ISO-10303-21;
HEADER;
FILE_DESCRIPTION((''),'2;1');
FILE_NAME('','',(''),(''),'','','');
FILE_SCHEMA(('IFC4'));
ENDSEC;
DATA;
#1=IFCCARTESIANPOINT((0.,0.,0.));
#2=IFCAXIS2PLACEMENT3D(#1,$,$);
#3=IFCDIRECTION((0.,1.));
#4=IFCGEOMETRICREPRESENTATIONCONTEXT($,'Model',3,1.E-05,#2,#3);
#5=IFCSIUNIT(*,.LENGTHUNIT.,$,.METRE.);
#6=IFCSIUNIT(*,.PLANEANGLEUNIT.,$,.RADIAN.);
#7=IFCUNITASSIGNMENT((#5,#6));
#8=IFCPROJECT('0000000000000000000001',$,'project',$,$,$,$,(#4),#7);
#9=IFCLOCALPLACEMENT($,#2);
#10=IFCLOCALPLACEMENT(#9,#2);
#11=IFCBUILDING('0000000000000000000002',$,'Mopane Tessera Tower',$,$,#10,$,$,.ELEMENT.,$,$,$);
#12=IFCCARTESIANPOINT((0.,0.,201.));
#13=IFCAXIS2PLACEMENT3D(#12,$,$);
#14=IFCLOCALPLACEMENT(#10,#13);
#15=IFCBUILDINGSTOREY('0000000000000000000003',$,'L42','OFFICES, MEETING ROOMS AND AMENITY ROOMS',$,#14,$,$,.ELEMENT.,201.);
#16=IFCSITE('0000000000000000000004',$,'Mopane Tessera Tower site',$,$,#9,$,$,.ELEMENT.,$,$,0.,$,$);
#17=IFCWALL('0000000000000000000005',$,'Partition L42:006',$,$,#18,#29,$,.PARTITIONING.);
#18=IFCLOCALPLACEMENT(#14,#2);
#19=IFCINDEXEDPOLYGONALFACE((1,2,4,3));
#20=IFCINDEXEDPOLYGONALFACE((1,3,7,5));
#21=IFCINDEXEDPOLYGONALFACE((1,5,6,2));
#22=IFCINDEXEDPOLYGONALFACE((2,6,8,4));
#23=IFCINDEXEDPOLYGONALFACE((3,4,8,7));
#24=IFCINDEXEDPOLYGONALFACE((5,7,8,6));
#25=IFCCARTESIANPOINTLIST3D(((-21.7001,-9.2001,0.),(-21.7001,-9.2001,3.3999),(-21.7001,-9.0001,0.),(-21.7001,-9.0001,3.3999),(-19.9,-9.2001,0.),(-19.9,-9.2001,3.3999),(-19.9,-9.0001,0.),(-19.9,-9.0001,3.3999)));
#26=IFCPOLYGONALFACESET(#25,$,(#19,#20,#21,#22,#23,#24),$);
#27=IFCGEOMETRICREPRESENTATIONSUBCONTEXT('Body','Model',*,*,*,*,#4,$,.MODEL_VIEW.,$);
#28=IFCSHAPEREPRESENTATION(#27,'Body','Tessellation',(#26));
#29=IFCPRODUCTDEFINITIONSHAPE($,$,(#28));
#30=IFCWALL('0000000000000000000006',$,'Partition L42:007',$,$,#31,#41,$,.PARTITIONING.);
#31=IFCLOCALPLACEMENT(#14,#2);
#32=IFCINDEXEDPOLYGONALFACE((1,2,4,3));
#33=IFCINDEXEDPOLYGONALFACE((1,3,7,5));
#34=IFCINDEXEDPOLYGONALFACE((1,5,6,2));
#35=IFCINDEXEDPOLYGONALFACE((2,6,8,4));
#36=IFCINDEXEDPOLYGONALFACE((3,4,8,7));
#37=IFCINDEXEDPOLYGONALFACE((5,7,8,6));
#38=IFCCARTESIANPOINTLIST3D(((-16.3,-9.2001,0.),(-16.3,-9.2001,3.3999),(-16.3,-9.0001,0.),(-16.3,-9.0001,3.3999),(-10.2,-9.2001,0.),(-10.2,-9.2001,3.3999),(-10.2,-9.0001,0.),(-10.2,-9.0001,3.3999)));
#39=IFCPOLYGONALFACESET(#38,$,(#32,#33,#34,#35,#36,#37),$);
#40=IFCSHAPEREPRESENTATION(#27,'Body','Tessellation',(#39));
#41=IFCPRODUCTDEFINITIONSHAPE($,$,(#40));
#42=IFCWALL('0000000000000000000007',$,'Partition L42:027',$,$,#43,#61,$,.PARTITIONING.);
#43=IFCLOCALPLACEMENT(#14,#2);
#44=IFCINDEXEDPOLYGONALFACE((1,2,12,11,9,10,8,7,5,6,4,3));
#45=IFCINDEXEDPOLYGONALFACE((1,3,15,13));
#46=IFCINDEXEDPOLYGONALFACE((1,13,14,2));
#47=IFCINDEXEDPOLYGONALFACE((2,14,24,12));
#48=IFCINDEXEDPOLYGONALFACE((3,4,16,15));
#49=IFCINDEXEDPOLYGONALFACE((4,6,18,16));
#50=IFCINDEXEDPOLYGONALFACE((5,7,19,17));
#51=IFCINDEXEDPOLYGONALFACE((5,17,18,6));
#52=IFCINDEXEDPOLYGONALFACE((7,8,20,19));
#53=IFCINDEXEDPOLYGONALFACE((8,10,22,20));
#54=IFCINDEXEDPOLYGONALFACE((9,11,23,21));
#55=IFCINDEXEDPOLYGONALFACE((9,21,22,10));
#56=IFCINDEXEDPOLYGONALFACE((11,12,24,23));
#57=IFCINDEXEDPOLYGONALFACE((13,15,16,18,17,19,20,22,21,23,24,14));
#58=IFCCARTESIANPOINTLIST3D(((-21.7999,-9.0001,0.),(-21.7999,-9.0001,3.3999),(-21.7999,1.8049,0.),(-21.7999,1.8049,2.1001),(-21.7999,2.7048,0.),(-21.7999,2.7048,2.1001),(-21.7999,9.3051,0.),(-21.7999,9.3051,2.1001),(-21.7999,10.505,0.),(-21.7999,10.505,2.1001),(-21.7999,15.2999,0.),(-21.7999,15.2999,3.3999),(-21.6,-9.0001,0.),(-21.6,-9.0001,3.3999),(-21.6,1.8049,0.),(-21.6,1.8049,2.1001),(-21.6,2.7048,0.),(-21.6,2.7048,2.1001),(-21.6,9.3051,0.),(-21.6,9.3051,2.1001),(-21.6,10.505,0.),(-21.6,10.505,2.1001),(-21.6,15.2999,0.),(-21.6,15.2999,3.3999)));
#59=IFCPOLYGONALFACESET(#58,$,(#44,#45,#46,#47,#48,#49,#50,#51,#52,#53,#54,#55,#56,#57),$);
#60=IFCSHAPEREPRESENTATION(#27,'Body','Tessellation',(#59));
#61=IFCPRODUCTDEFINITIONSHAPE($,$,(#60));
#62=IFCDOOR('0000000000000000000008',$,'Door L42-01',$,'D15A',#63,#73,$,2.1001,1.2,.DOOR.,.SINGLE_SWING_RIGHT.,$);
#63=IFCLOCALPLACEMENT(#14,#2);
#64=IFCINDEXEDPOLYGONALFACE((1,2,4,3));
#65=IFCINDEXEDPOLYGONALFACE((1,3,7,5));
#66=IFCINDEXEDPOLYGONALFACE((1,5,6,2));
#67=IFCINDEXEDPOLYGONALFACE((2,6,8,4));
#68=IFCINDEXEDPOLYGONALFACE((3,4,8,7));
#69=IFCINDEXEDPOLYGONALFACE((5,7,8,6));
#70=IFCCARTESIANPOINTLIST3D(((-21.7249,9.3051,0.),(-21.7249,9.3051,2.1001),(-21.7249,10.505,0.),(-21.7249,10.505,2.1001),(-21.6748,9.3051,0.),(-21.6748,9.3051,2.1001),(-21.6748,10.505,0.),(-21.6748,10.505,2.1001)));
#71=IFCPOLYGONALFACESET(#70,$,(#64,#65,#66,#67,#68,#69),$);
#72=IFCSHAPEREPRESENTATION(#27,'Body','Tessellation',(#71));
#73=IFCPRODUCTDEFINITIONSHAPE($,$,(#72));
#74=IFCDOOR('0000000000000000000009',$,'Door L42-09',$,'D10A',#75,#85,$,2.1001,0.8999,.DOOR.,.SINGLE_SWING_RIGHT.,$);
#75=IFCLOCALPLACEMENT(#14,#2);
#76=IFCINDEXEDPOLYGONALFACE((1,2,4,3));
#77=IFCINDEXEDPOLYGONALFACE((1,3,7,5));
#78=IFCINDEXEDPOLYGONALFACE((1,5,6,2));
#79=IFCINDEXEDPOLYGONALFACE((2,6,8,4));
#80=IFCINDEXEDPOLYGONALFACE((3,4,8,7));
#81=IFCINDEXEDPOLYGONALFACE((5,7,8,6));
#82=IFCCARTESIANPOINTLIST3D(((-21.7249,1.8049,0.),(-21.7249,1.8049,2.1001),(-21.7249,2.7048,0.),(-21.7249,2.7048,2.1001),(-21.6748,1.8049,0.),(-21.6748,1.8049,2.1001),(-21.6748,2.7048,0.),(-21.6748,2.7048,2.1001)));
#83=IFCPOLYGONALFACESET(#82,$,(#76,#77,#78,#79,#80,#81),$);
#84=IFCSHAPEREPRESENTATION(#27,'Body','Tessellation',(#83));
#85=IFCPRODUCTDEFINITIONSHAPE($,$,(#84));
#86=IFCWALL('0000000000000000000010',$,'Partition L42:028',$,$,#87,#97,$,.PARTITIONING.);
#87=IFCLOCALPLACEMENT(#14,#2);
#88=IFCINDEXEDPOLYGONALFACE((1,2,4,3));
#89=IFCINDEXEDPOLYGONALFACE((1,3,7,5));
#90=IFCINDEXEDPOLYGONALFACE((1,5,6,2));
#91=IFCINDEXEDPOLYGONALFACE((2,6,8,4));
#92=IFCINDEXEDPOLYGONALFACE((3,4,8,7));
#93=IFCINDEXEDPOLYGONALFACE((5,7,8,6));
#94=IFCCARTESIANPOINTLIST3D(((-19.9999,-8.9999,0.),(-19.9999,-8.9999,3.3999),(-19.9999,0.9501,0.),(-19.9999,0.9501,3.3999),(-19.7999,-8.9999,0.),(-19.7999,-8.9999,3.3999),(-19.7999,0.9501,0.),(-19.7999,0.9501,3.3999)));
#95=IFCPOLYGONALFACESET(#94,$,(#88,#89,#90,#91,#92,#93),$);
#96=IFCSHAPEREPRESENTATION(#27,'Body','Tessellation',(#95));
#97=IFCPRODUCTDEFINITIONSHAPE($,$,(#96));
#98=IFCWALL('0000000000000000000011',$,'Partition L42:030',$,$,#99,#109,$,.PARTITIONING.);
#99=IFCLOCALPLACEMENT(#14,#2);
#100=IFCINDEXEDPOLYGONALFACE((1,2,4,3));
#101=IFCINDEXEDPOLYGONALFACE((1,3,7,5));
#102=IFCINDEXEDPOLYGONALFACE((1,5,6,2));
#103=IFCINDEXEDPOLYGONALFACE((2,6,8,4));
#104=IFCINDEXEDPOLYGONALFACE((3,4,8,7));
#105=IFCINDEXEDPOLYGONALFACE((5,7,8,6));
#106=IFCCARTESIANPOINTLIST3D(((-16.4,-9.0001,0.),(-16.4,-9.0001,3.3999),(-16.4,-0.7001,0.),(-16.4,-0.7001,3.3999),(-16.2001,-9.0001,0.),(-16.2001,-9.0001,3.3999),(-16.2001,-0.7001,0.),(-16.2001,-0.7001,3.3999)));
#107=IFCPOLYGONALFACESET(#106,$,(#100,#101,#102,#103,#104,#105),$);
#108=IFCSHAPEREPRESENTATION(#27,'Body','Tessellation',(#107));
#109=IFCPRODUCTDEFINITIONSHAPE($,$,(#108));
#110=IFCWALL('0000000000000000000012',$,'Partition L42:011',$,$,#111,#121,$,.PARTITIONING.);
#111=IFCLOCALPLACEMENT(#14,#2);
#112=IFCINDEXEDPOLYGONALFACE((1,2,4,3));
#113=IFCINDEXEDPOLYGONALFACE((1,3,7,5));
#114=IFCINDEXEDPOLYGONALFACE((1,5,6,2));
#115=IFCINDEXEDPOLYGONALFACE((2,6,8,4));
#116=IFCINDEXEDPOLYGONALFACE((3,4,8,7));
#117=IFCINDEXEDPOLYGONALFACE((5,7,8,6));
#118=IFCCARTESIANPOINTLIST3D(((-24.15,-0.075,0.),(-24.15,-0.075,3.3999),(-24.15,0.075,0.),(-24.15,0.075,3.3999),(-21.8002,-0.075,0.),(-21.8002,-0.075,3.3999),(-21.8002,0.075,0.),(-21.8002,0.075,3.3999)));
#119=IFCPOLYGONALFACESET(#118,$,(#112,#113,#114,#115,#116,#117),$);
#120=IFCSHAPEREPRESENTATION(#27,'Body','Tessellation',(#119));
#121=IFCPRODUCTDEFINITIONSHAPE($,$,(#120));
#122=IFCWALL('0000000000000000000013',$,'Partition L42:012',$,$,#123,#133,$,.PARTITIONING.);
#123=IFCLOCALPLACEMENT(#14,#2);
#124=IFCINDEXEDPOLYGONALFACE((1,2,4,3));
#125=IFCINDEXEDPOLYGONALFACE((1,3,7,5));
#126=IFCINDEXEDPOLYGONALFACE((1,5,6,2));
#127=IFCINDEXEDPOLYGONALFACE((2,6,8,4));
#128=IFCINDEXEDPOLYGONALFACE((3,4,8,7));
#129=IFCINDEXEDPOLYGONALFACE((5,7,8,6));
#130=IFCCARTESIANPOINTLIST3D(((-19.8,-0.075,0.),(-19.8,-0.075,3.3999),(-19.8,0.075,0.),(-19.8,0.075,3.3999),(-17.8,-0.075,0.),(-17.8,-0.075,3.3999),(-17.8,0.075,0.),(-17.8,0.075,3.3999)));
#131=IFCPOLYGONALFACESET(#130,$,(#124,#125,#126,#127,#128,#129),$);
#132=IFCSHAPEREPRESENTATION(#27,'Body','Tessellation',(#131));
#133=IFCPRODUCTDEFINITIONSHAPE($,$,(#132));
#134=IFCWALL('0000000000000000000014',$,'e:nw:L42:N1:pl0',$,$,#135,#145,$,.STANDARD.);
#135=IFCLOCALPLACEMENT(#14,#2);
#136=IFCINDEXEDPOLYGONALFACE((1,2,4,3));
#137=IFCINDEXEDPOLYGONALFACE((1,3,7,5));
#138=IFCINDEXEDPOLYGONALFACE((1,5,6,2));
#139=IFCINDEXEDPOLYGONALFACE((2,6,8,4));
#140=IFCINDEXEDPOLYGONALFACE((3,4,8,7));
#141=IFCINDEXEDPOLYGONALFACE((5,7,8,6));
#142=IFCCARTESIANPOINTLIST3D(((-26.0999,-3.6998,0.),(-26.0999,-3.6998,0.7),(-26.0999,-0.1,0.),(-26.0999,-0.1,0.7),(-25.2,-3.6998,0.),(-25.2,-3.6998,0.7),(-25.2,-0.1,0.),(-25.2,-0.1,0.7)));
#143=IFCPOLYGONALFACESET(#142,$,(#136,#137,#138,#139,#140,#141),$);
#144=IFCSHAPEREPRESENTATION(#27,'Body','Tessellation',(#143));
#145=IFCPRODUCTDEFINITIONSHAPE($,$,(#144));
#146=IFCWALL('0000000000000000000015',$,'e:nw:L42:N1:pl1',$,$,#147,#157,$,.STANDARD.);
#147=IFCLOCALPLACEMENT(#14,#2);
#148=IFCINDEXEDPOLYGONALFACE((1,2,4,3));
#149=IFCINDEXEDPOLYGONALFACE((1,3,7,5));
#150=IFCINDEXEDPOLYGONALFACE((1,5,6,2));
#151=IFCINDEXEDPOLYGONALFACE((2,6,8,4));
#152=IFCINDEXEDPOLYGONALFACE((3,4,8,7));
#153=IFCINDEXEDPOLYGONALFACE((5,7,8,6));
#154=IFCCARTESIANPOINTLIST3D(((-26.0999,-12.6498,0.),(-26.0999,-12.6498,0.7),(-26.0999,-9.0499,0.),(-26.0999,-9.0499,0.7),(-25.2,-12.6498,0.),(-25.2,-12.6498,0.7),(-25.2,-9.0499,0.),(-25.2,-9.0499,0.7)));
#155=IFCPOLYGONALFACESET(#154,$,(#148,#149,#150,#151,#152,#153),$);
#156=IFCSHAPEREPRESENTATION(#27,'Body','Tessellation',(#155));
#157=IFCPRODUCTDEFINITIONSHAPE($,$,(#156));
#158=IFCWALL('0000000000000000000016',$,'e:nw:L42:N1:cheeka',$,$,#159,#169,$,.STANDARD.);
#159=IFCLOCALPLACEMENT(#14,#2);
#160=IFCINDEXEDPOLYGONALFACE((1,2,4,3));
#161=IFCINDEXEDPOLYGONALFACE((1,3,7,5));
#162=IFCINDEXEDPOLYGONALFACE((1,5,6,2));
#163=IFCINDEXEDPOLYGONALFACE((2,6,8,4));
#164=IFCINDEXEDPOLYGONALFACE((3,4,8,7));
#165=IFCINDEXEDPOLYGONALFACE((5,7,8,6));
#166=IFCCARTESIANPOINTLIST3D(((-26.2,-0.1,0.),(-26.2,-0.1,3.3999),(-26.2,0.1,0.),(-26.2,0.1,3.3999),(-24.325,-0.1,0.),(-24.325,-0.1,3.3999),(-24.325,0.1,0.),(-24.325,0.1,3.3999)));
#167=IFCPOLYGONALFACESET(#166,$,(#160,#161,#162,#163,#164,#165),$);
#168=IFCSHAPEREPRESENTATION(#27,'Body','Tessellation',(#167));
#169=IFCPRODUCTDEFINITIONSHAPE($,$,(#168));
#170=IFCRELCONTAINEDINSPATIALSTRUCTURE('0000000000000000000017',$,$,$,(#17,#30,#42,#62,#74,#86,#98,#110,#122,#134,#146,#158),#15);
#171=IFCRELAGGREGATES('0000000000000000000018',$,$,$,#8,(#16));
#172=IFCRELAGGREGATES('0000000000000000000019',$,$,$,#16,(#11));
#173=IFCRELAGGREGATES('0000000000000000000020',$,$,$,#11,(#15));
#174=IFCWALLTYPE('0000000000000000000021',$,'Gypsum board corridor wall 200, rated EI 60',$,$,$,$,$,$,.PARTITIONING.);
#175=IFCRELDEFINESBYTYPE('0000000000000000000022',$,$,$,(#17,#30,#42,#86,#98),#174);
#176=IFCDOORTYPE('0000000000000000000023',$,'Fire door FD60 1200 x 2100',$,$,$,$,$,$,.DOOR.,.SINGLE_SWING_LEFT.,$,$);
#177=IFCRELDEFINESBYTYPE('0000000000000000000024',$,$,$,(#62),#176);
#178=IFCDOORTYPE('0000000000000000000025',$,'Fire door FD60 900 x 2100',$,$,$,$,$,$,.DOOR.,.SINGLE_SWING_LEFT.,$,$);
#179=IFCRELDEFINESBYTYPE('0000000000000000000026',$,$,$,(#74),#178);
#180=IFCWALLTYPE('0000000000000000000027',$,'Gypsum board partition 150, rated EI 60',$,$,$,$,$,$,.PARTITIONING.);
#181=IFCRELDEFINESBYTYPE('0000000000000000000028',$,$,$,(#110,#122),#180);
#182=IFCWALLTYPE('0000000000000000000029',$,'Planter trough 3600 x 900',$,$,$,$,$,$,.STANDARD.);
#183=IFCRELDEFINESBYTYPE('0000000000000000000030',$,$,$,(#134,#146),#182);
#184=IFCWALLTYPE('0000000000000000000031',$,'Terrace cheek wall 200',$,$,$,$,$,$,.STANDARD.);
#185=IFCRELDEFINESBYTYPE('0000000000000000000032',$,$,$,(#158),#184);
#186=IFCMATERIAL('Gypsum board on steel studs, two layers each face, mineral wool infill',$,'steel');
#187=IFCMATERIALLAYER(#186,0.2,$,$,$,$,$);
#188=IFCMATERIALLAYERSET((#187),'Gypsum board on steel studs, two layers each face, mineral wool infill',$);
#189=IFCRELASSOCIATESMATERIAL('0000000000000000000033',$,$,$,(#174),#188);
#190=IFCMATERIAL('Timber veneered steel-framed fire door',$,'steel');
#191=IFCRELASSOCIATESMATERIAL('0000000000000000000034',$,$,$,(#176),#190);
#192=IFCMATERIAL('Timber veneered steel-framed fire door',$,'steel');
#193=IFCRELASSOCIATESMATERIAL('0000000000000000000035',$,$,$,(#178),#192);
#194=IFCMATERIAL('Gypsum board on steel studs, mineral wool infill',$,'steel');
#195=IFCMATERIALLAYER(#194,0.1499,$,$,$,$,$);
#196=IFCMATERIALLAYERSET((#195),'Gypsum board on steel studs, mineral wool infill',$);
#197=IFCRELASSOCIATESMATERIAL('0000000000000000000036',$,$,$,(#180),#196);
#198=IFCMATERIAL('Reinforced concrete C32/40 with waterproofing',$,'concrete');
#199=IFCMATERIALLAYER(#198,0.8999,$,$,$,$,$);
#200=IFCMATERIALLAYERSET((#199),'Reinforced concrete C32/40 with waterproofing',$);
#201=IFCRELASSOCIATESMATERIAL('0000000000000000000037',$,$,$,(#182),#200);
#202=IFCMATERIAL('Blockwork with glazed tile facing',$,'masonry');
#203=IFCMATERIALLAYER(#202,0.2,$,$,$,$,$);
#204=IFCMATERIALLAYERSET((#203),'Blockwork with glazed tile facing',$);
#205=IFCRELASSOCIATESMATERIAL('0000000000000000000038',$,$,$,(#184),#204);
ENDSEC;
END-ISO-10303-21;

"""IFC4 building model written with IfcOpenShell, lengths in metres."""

from ifc_helpers import new_model, si_unit, direction, frame, frame_2d, origin, place, context, subcontext, project, spatial, rectangle, extrude, material, layer, layer_set, type_object, element, fill, save


model = new_model("IFC4")

# Units and contexts
model_context = context("Model", 3, precision=1e-05, world=origin(), true_north=direction((0.0, 1.0)))
body_context = subcontext(model_context, "Body", "Model", "MODEL_VIEW")
ifc_project = project(units=[si_unit("LENGTHUNIT", "METRE"), si_unit("PLANEANGLEUNIT", "RADIAN")], contexts=[model_context])

# Site, building, storey
site_placement = place(None, origin())
site = spatial("IfcSite", under=ifc_project, at=site_placement, Name="Mopane Tessera Tower site", CompositionType="ELEMENT", RefElevation=0.0)
building_placement = place(site_placement, origin())
building = spatial("IfcBuilding", under=site, at=building_placement, Name="Mopane Tessera Tower", CompositionType="ELEMENT")
storey_placement = place(building_placement, frame((0.0, 0.0, 201.0)))
storey = spatial("IfcBuildingStorey", under=building, at=storey_placement, Name="L42", Description="OFFICES, MEETING ROOMS AND AMENITY ROOMS", CompositionType="ELEMENT", Elevation=201.0)

# Walls
ifc_material_1 = material(Name="Gypsum board on steel studs, two layers each face, mineral wool infill", Category="steel")
ifc_layer_1 = layer(ifc_material_1, 0.2)
ifc_layer_set_1 = layer_set([ifc_layer_1], Name="Gypsum board on steel studs, two layers each face, mineral wool infill")
wall_type_1 = type_object("IfcWallType", Name="Gypsum board corridor wall 200, rated EI 60", PredefinedType="PARTITIONING", material=ifc_layer_set_1)
wall_1_placement = place(storey_placement, frame((-21.7, -9.1001, 0.0), z_axis=(0.0, 0.0, 1.0), x_axis=(1.0, 0.0, 0.0)))
element("IfcWall", 1, at=wall_1_placement, inside=storey, type_object=wall_type_1, Name="Partition L42:006", PredefinedType="PARTITIONING", context=body_context, shape_type="SweptSolid", body=[
    extrude(rectangle(XDim=1.8, YDim=0.2, at=frame_2d((0.8999, 0.0))), origin(), (0.0, 0.0, 1.0), 3.3999),
])
wall_2_placement = place(storey_placement, frame((-16.3, -9.1001, 0.0), z_axis=(0.0, 0.0, 1.0), x_axis=(1.0, 0.0, 0.0)))
element("IfcWall", 2, at=wall_2_placement, inside=storey, type_object=wall_type_1, Name="Partition L42:007", PredefinedType="PARTITIONING", context=body_context, shape_type="SweptSolid", body=[
    extrude(rectangle(XDim=6.1001, YDim=0.2, at=frame_2d((3.05, 0.0))), origin(), (0.0, 0.0, 1.0), 3.3999),
])

# Wall, openings, doors
wall_3_placement = place(storey_placement, frame((-21.7, -9.0, 0.0), z_axis=(0.0, 0.0, 1.0), x_axis=(0.0, 1.0, 0.0)))
wall_3 = element("IfcWall", 3, at=wall_3_placement, inside=storey, type_object=wall_type_1, Name="Partition L42:027", PredefinedType="PARTITIONING", context=body_context, shape_type="SweptSolid", body=[
    extrude(rectangle(XDim=24.3, YDim=0.2, at=frame_2d((12.1499, 0.0))), origin(), (0.0, 0.0, 1.0), 3.3999),
])
opening_1_placement = place(wall_3_placement, frame((18.3049, 0.0, 0.0)))
opening_1 = element("IfcOpeningElement", 4, at=opening_1_placement, cuts=wall_3, PredefinedType="OPENING", context=body_context, shape_type="SweptSolid", body=[
    extrude(rectangle(XDim=1.2, YDim=2.1001, at=frame_2d((0.6001, 1.05))), frame((0.0, 0.1121, 0.0), z_axis=(0.0, -1.0, 0.0), x_axis=(1.0, 0.0, 0.0)), (0.0, 0.0, 1.0), 0.2239),
])
opening_2_placement = place(wall_3_placement, frame((10.8049, 0.0, 0.0)))
opening_2 = element("IfcOpeningElement", 5, at=opening_2_placement, cuts=wall_3, PredefinedType="OPENING", context=body_context, shape_type="SweptSolid", body=[
    extrude(rectangle(XDim=0.8999, YDim=2.1001, at=frame_2d((0.45, 1.05))), frame((0.0, 0.1121, 0.0), z_axis=(0.0, -1.0, 0.0), x_axis=(1.0, 0.0, 0.0)), (0.0, 0.0, 1.0), 0.2239),
])
ifc_material_2 = material(Name="Timber veneered steel-framed fire door", Category="steel")
door_type_1 = type_object("IfcDoorType", Name="Fire door FD60 1200 x 2100", OperationType="SINGLE_SWING_LEFT", PredefinedType="DOOR", material=ifc_material_2)
door_1_placement = place(opening_1_placement, origin())
door_1 = element("IfcDoor", 6, at=door_1_placement, inside=storey, type_object=door_type_1, Name="Door L42-01", ObjectType="D15A", OperationType="SINGLE_SWING_RIGHT", OverallHeight=2.1001, OverallWidth=1.2, PredefinedType="DOOR", context=body_context, shape_type="SweptSolid", body=[
    extrude(rectangle(XDim=1.2, YDim=2.1001, at=frame_2d((0.6001, 1.05))), frame((0.0, 0.0249, 0.0), z_axis=(0.0, -1.0, 0.0), x_axis=(1.0, 0.0, 0.0)), (0.0, 0.0, 1.0), 0.05),
])
fill(opening_1, door_1)
ifc_material_3 = material(Name="Timber veneered steel-framed fire door", Category="steel")
door_type_2 = type_object("IfcDoorType", Name="Fire door FD60 900 x 2100", OperationType="SINGLE_SWING_LEFT", PredefinedType="DOOR", material=ifc_material_3)
door_2_placement = place(opening_2_placement, origin())
door_2 = element("IfcDoor", 7, at=door_2_placement, inside=storey, type_object=door_type_2, Name="Door L42-09", ObjectType="D10A", OperationType="SINGLE_SWING_RIGHT", OverallHeight=2.1001, OverallWidth=0.8999, PredefinedType="DOOR", context=body_context, shape_type="SweptSolid", body=[
    extrude(rectangle(XDim=0.8999, YDim=2.1001, at=frame_2d((0.45, 1.05))), frame((0.0, 0.0249, 0.0), z_axis=(0.0, -1.0, 0.0), x_axis=(1.0, 0.0, 0.0)), (0.0, 0.0, 1.0), 0.05),
])
fill(opening_2, door_2)

# Walls
wall_4_placement = place(storey_placement, frame((-19.8999, -9.0, 0.0), z_axis=(0.0, 0.0, 1.0), x_axis=(0.0, 1.0, 0.0)))
element("IfcWall", 8, at=wall_4_placement, inside=storey, type_object=wall_type_1, Name="Partition L42:028", PredefinedType="PARTITIONING", context=body_context, shape_type="SweptSolid", body=[
    extrude(rectangle(XDim=9.95, YDim=0.2, at=frame_2d((4.9751, 0.0))), origin(), (0.0, 0.0, 1.0), 3.3999),
])
wall_5_placement = place(storey_placement, frame((-16.3, -9.0, 0.0), z_axis=(0.0, 0.0, 1.0), x_axis=(0.0, 1.0, 0.0)))
element("IfcWall", 9, at=wall_5_placement, inside=storey, type_object=wall_type_1, Name="Partition L42:030", PredefinedType="PARTITIONING", context=body_context, shape_type="SweptSolid", body=[
    extrude(rectangle(XDim=8.3, YDim=0.2, at=frame_2d((4.1499, 0.0))), origin(), (0.0, 0.0, 1.0), 3.3999),
])
ifc_material_4 = material(Name="Gypsum board on steel studs, mineral wool infill", Category="steel")
ifc_layer_2 = layer(ifc_material_4, 0.1499)
ifc_layer_set_2 = layer_set([ifc_layer_2], Name="Gypsum board on steel studs, mineral wool infill")
wall_type_2 = type_object("IfcWallType", Name="Gypsum board partition 150, rated EI 60", PredefinedType="PARTITIONING", material=ifc_layer_set_2)
wall_6_placement = place(storey_placement, frame((-24.1499, 0.0, 0.0), z_axis=(0.0, 0.0, 1.0), x_axis=(1.0, 0.0, 0.0)))
element("IfcWall", 10, at=wall_6_placement, inside=storey, type_object=wall_type_2, Name="Partition L42:011", PredefinedType="PARTITIONING", context=body_context, shape_type="SweptSolid", body=[
    extrude(rectangle(XDim=2.3499, YDim=0.1499, at=frame_2d((1.1748, 0.0))), origin(), (0.0, 0.0, 1.0), 3.3999),
])
wall_7_placement = place(storey_placement, frame((-19.8, 0.0, 0.0), z_axis=(0.0, 0.0, 1.0), x_axis=(1.0, 0.0, 0.0)))
element("IfcWall", 11, at=wall_7_placement, inside=storey, type_object=wall_type_2, Name="Partition L42:012", PredefinedType="PARTITIONING", context=body_context, shape_type="SweptSolid", body=[
    extrude(rectangle(XDim=2.0, YDim=0.1499, at=frame_2d((1.0, 0.0))), origin(), (0.0, 0.0, 1.0), 3.3999),
])
ifc_material_5 = material(Name="Reinforced concrete C32/40 with waterproofing", Category="concrete")
ifc_layer_3 = layer(ifc_material_5, 0.8999)
ifc_layer_set_3 = layer_set([ifc_layer_3], Name="Reinforced concrete C32/40 with waterproofing")
wall_type_3 = type_object("IfcWallType", Name="Planter trough 3600 x 900", PredefinedType="STANDARD", material=ifc_layer_set_3)
for number, where, z_axis, x_axis, name in (
    (12, (-25.6499, -0.1001, 0.0), (0.0, 0.0, 1.0), (0.0, -1.0, 0.0), "e:nw:L42:N1:pl0"),
    (13, (-25.6499, -9.05, 0.0), (0.0, 0.0, 1.0), (0.0, -1.0, 0.0), "e:nw:L42:N1:pl1"),
):
    element("IfcWall", number, at=place(storey_placement, frame(where, z_axis=z_axis, x_axis=x_axis)), inside=storey, type_object=wall_type_3, Name=name, PredefinedType="STANDARD", context=body_context, shape_type="SweptSolid", body=[
        extrude(rectangle(XDim=3.5999, YDim=0.8999, at=frame_2d((1.7998, 0.0))), origin(), (0.0, 0.0, 1.0), 0.7),
    ])
ifc_material_6 = material(Name="Blockwork with glazed tile facing", Category="masonry")
ifc_layer_4 = layer(ifc_material_6, 0.2)
ifc_layer_set_4 = layer_set([ifc_layer_4], Name="Blockwork with glazed tile facing")
wall_type_4 = type_object("IfcWallType", Name="Terrace cheek wall 200", PredefinedType="STANDARD", material=ifc_layer_set_4)
wall_8_placement = place(storey_placement, frame((-26.2, 0.0, 0.0), z_axis=(0.0, 0.0, 1.0), x_axis=(1.0, 0.0, 0.0)))
element("IfcWall", 14, at=wall_8_placement, inside=storey, type_object=wall_type_4, Name="e:nw:L42:N1:cheeka", PredefinedType="STANDARD", context=body_context, shape_type="SweptSolid", body=[
    extrude(rectangle(XDim=1.875, YDim=0.2, at=frame_2d((0.9375, 0.0))), origin(), (0.0, 0.0, 1.0), 3.3999),
])

save(model, "model.ifc")
